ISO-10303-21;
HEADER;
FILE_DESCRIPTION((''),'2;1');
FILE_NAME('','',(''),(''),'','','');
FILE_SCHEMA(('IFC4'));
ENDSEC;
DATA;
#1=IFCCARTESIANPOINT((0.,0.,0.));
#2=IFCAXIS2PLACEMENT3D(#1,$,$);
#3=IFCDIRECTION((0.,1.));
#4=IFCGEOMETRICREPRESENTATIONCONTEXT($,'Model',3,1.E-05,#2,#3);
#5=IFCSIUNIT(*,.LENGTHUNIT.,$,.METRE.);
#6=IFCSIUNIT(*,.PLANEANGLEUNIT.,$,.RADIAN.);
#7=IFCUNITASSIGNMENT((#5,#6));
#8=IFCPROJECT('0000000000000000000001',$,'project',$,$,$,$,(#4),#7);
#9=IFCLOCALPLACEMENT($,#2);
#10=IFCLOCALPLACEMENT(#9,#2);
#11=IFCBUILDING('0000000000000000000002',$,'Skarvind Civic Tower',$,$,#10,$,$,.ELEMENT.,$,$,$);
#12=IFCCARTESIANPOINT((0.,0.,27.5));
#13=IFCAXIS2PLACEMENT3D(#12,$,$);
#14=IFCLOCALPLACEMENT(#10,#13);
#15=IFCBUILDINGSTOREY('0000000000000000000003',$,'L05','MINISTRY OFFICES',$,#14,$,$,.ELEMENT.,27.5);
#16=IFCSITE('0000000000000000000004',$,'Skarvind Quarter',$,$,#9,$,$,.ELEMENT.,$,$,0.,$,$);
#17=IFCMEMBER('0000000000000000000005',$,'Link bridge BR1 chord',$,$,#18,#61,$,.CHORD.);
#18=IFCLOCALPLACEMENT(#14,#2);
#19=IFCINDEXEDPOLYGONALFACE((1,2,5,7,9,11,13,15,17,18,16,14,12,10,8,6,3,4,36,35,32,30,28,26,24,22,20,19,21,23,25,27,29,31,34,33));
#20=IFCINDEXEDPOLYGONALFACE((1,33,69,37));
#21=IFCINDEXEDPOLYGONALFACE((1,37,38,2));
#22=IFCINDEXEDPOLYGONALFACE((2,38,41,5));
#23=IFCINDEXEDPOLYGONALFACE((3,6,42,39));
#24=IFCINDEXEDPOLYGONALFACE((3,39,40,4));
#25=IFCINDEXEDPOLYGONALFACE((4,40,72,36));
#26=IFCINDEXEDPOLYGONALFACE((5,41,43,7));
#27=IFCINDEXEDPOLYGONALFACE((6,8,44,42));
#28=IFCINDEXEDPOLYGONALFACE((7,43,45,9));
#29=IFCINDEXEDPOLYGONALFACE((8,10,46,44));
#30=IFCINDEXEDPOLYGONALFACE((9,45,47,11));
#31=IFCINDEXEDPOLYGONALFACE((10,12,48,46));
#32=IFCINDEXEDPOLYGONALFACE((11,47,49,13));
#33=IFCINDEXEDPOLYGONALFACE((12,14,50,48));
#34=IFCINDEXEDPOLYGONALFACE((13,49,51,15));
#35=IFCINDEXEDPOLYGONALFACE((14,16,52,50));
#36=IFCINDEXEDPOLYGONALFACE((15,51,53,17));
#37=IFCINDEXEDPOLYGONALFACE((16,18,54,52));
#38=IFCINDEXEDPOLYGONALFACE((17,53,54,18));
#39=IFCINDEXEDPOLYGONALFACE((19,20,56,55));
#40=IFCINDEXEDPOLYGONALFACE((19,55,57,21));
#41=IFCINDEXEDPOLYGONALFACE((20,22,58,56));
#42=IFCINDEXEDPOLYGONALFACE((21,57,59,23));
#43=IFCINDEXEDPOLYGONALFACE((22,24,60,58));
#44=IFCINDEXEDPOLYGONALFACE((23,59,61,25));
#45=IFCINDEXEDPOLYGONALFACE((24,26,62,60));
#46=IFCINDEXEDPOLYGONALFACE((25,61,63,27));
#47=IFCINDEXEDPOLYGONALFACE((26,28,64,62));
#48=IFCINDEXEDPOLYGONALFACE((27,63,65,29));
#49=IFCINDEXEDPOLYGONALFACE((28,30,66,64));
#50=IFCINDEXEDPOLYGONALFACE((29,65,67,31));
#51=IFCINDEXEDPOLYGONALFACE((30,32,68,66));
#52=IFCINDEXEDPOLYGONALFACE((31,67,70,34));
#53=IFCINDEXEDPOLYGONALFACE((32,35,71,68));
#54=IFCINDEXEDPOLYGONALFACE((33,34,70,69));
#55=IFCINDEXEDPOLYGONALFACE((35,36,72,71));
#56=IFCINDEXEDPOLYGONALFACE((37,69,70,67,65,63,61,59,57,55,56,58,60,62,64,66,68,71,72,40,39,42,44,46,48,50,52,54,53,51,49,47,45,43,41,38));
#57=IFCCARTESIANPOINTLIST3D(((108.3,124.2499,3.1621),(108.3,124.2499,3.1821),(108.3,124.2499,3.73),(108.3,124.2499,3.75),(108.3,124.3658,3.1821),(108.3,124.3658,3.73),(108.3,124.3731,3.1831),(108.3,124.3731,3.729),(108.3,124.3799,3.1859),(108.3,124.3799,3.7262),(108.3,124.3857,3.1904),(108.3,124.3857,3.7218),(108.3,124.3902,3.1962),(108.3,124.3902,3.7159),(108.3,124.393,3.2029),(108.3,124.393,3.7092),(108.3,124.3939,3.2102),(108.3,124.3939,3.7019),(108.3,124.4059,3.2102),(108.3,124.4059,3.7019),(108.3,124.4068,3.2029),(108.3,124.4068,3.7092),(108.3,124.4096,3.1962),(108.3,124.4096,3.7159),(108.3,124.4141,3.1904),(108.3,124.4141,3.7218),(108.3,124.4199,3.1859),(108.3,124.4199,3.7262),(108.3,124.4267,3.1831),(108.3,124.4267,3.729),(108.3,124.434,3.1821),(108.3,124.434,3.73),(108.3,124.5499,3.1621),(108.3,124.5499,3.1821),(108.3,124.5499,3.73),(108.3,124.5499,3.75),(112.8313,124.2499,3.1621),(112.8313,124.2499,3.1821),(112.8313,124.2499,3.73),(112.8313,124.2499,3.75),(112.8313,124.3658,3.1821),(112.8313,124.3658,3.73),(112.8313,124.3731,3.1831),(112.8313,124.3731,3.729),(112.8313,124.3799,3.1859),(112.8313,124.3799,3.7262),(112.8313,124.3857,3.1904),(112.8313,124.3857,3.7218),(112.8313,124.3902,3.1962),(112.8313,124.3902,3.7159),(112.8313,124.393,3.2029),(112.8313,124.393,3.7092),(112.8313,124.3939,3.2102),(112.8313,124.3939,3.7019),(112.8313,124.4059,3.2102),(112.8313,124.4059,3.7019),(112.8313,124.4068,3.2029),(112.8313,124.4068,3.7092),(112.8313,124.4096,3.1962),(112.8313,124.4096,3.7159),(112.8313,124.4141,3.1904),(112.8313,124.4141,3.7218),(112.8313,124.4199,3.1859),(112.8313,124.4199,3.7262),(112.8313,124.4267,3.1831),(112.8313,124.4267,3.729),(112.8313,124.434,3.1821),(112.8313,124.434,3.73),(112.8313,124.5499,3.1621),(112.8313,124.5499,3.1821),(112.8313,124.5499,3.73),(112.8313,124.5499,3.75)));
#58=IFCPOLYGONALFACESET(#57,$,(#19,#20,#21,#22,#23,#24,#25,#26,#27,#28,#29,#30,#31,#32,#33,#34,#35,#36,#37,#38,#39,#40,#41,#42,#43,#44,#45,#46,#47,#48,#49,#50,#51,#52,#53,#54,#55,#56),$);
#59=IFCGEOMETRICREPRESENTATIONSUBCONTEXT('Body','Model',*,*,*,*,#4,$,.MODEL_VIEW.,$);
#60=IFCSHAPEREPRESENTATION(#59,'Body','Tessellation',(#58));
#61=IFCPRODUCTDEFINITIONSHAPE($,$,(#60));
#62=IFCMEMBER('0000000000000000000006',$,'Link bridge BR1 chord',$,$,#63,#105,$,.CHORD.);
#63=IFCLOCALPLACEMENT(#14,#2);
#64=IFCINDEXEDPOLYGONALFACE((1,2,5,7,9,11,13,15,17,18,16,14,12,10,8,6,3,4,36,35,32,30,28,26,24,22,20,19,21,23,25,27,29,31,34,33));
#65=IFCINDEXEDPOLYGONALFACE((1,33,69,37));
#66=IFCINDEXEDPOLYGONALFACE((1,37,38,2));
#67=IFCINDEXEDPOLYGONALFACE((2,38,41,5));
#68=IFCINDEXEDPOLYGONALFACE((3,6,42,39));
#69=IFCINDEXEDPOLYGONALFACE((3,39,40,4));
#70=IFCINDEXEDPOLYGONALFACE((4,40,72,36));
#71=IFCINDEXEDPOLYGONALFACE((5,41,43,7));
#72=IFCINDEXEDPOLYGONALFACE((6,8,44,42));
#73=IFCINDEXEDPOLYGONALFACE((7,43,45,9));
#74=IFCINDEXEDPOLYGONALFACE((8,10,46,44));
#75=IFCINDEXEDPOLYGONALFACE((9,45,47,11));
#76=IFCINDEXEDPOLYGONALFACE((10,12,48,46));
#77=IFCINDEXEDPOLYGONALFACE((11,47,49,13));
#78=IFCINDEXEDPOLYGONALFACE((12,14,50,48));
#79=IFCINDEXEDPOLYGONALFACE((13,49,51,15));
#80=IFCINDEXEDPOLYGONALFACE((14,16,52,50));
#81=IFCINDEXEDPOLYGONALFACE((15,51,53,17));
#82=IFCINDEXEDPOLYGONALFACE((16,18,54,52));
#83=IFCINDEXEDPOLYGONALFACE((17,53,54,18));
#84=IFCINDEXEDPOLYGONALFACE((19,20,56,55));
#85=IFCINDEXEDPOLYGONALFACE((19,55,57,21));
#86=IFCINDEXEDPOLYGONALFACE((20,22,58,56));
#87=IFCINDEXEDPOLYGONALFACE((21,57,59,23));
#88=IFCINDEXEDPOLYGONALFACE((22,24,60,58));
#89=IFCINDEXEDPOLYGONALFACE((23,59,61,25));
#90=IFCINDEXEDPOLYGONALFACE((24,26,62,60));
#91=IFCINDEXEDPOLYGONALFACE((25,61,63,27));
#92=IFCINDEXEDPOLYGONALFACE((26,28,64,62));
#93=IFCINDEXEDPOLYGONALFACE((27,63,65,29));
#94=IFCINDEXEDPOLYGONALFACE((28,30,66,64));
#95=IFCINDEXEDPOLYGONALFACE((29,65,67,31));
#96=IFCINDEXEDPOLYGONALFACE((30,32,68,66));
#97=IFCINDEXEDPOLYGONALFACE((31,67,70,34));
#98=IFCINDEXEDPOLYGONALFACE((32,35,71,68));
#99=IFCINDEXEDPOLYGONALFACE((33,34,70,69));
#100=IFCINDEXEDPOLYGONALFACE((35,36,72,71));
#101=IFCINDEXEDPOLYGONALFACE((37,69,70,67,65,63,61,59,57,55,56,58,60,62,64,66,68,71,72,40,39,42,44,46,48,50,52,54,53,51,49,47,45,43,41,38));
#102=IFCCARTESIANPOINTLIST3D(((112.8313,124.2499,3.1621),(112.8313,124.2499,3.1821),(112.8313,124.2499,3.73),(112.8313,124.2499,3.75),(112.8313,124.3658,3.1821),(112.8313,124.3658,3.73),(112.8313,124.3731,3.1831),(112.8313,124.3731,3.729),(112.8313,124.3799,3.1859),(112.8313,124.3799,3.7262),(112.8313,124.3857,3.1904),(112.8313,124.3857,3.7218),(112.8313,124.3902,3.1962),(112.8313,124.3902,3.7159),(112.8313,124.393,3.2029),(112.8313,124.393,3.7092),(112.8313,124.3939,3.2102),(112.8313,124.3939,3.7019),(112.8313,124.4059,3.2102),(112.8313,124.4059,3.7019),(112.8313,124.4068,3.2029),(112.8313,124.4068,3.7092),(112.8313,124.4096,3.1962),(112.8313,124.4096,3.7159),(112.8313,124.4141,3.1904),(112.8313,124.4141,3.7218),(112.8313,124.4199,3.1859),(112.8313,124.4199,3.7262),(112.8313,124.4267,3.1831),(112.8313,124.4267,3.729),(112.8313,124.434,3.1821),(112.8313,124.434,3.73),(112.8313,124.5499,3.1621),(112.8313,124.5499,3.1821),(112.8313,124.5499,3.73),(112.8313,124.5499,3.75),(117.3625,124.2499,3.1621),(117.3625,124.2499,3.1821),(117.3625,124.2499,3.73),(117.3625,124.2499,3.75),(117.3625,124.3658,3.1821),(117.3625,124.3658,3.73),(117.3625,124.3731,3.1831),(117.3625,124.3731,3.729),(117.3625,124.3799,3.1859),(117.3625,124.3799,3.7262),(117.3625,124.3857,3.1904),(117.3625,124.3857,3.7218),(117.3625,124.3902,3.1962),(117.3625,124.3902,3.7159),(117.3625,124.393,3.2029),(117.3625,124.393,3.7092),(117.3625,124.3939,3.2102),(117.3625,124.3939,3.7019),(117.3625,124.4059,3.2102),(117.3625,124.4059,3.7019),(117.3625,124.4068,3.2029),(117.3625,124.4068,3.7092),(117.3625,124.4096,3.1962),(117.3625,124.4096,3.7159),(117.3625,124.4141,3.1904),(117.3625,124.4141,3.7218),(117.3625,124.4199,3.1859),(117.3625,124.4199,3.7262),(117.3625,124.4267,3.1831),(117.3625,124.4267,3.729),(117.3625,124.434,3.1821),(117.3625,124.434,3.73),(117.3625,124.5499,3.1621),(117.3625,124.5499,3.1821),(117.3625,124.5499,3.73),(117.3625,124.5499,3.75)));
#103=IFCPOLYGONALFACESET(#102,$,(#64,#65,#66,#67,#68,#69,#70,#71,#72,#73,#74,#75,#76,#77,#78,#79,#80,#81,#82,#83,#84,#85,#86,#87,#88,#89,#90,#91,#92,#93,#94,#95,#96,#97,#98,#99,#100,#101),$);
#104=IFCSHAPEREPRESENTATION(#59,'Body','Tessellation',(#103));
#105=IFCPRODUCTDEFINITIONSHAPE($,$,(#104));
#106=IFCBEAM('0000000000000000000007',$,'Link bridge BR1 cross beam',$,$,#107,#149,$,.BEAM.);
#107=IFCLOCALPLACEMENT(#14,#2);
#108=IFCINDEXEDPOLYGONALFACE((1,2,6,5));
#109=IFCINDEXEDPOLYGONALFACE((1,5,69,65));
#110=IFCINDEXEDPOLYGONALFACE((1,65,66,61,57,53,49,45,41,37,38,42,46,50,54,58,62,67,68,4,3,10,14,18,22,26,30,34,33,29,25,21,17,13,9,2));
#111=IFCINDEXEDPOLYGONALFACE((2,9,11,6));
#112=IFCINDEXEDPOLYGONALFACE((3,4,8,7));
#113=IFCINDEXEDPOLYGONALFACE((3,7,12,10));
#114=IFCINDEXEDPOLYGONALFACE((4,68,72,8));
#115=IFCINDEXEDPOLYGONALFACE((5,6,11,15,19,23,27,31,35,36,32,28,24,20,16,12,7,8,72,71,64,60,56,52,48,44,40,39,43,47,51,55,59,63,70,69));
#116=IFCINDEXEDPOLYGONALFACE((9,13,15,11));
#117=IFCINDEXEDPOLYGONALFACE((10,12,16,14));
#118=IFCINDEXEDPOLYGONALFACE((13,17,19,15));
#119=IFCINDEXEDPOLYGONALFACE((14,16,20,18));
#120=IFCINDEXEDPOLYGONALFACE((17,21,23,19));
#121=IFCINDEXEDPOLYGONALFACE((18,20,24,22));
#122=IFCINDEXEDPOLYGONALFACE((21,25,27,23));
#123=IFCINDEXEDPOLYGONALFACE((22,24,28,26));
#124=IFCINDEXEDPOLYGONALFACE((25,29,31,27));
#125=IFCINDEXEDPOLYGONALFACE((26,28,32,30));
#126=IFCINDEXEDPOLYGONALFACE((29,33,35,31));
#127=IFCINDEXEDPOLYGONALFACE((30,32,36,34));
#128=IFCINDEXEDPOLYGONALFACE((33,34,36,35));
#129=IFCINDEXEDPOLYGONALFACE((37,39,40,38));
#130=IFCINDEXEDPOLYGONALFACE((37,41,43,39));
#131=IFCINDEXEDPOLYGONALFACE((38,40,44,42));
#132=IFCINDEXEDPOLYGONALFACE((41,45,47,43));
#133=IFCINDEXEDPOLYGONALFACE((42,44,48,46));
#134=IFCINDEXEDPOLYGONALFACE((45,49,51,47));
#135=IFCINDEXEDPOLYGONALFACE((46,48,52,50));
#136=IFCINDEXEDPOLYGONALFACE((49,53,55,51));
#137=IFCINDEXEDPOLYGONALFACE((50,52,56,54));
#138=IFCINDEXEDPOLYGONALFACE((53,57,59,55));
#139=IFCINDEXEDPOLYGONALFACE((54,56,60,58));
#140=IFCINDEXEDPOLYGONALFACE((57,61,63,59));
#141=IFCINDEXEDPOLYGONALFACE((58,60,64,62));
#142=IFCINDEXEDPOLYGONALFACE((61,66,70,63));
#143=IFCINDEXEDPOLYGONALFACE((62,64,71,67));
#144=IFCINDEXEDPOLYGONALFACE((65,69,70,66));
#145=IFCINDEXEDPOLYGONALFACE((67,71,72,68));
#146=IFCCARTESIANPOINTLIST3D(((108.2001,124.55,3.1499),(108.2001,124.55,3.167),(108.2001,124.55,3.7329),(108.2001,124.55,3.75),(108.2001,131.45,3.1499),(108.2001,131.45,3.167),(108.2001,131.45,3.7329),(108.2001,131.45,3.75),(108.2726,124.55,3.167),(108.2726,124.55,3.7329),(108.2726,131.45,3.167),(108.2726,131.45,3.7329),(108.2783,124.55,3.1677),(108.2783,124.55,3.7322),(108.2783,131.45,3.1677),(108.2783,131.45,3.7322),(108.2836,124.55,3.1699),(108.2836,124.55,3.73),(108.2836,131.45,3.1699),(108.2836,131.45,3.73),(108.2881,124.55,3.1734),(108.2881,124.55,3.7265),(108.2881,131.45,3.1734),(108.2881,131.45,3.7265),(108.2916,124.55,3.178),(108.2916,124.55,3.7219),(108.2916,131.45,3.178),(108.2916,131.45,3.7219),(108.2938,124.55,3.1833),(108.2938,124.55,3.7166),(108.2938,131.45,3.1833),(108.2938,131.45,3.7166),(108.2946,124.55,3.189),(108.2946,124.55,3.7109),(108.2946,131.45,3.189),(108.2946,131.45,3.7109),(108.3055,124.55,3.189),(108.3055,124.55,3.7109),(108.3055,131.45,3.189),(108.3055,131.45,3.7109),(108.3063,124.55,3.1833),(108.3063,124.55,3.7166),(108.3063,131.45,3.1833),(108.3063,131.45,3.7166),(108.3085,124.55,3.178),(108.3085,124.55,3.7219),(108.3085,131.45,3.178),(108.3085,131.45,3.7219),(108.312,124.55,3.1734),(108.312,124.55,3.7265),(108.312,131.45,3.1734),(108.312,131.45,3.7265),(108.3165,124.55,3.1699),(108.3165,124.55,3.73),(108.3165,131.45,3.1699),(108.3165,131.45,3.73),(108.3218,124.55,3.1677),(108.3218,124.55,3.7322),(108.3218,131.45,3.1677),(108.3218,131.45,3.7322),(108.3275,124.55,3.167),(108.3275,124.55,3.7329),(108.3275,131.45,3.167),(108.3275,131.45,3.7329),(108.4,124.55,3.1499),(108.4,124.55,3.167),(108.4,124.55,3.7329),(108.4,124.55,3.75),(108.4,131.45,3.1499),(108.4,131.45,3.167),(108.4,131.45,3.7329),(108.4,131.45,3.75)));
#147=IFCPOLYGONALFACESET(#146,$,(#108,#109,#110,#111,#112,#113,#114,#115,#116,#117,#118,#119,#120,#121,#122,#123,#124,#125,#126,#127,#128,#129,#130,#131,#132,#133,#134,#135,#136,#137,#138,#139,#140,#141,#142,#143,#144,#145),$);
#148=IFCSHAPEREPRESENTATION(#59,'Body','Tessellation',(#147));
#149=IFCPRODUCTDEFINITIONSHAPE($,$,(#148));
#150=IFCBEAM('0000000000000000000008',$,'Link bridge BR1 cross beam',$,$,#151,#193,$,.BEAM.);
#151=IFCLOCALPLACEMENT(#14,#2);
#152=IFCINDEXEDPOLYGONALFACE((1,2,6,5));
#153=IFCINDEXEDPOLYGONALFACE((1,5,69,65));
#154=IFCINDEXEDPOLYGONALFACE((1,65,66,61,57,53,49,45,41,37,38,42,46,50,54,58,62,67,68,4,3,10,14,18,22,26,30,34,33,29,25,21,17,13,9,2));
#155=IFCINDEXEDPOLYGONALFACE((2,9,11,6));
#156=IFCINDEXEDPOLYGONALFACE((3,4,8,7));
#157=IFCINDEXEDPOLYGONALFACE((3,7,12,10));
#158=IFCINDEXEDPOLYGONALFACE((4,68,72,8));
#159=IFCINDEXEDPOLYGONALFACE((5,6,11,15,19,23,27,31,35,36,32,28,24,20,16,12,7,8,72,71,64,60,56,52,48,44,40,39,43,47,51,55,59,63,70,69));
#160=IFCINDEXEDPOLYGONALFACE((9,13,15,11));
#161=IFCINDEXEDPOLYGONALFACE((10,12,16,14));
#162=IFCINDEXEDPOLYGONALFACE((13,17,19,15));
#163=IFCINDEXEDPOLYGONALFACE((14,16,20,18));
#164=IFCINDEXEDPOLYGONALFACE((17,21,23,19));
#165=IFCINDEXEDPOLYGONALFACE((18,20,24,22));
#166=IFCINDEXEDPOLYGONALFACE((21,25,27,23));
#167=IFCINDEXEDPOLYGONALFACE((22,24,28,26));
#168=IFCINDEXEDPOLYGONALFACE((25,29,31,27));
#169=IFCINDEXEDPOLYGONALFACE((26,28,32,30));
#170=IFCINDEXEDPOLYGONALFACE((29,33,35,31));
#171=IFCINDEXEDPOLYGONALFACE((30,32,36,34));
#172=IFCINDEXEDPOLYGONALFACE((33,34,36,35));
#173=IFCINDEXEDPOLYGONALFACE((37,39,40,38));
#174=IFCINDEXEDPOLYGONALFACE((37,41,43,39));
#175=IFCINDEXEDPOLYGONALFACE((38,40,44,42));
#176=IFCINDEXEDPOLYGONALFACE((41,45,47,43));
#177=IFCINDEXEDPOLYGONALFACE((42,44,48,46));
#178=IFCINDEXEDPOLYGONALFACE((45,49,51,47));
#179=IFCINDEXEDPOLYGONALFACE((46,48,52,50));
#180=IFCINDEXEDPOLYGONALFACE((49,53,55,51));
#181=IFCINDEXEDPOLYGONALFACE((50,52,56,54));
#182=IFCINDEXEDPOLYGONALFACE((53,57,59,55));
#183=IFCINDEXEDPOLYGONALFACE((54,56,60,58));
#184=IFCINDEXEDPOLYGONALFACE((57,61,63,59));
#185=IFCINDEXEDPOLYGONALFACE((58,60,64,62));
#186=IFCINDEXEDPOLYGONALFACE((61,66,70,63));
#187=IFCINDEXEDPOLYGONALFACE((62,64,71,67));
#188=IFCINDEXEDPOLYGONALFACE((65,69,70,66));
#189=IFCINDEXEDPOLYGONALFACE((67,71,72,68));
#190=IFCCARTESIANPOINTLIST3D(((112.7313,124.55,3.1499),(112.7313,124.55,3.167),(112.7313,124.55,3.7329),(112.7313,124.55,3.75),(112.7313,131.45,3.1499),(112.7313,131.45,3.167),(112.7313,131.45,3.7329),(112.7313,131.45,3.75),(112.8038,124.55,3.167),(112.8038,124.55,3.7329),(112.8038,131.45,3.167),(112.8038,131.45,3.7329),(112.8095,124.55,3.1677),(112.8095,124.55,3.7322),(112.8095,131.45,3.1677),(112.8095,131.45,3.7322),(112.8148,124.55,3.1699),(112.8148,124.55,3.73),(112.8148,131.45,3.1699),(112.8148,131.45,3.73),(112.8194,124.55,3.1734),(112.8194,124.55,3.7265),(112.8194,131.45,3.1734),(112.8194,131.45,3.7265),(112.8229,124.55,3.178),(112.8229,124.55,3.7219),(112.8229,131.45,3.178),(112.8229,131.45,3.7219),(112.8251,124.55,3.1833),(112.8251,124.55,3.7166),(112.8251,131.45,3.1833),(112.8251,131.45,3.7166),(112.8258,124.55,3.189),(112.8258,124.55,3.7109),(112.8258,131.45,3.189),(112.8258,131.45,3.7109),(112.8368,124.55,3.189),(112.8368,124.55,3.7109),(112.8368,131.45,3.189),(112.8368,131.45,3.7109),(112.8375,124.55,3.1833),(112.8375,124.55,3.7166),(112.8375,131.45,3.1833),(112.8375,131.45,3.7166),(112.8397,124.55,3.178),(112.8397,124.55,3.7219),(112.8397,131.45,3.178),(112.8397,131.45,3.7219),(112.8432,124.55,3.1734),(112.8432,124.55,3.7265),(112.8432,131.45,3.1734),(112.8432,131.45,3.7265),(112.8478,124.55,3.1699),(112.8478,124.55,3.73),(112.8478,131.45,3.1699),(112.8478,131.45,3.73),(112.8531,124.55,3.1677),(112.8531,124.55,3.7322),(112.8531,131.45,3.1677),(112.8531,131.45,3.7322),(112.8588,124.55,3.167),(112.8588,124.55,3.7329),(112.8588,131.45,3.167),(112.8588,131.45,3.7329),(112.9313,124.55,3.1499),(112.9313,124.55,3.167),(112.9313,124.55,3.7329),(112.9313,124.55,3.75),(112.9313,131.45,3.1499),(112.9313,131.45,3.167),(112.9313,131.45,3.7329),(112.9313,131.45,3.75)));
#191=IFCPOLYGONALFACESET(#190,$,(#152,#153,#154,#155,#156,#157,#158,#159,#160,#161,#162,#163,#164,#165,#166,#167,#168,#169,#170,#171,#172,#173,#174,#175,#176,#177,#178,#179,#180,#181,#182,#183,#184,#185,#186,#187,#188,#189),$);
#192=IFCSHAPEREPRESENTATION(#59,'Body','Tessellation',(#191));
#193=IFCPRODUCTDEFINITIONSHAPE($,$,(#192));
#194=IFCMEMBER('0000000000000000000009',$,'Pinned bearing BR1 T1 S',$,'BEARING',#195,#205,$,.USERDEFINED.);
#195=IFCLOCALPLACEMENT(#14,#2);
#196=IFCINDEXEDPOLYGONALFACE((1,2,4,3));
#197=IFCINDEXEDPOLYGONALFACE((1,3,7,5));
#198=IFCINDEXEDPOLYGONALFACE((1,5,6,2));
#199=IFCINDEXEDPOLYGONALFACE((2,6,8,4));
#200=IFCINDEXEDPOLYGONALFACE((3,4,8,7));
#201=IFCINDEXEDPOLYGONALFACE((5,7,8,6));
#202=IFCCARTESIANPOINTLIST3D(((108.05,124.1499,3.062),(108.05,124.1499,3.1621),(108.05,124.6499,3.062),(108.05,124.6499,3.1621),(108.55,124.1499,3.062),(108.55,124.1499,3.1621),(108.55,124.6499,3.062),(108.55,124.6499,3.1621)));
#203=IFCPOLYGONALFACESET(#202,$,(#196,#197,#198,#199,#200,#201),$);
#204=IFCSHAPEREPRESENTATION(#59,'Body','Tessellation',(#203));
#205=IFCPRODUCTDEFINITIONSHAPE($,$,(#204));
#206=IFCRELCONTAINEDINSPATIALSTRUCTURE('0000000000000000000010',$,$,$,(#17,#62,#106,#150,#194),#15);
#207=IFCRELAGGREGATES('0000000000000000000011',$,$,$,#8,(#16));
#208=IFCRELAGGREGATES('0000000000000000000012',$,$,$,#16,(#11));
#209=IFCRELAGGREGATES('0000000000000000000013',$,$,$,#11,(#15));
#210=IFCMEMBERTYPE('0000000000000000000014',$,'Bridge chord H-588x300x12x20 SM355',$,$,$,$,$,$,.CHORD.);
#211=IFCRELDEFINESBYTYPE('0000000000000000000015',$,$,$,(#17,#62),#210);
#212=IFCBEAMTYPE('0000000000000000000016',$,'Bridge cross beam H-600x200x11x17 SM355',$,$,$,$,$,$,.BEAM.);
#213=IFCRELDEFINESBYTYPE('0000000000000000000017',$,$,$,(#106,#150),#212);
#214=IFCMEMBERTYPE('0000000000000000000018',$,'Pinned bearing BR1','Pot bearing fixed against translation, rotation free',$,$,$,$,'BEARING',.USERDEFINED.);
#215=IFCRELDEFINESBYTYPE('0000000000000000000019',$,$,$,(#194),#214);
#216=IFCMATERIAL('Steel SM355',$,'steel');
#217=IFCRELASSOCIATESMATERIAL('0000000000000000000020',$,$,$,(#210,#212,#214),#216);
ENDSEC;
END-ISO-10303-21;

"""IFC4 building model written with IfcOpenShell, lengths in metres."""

from ifc_helpers import new_model, si_unit, direction, frame, origin, origin_2d, place, context, subcontext, project, spatial, rectangle, i_section, extrude, material, material_profile, profile_set, type_object, element, save


model = new_model("IFC4")

# Units and contexts
model_context = context("Model", 3, precision=1e-05, world=origin(), true_north=direction((0.0, 1.0)))
body_context = subcontext(model_context, "Body", "Model", "MODEL_VIEW")
ifc_project = project(units=[si_unit("LENGTHUNIT", "METRE"), si_unit("PLANEANGLEUNIT", "RADIAN")], contexts=[model_context])

# Site, building, storey
site_placement = place(None, origin())
site = spatial("IfcSite", under=ifc_project, at=site_placement, Name="Skarvind Quarter", CompositionType="ELEMENT", RefElevation=0.0)
building_placement = place(site_placement, origin())
building = spatial("IfcBuilding", under=site, at=building_placement, Name="Skarvind Civic Tower", CompositionType="ELEMENT")
storey_placement = place(building_placement, frame((0.0, 0.0, 27.5)))
storey = spatial("IfcBuildingStorey", under=building, at=storey_placement, Name="L05", Description="MINISTRY OFFICES", CompositionType="ELEMENT", Elevation=27.5)

# Members
ifc_material_1 = material(Name="Steel SM355", Category="steel")
ifc_material_profile_1 = material_profile(ifc_material_1, i_section(OverallWidth=0.3, OverallDepth=0.5879, WebThickness=0.012, FlangeThickness=0.02, FilletRadius=0.0281, at=origin_2d()), Name="H-588x300x12x20")
ifc_profile_set_1 = profile_set([ifc_material_profile_1], Name="Steel SM355")
member_type_1 = type_object("IfcMemberType", Name="Bridge chord H-588x300x12x20 SM355", PredefinedType="CHORD", material=ifc_profile_set_1)
for number, where, z_axis, x_axis, name in (
    (1, (108.3, 124.3999, 3.4561), (1.0, 0.0, 0.0), (0.0, 1.0, 0.0), "Link bridge BR1 chord"),
    (2, (112.8313, 124.3999, 3.4561), (1.0, 0.0, 0.0), (0.0, 1.0, 0.0), "Link bridge BR1 chord"),
):
    element("IfcMember", number, at=place(storey_placement, frame(where, z_axis=z_axis, x_axis=x_axis)), inside=storey, type_object=member_type_1, Name=name, PredefinedType="CHORD", context=body_context, shape_type="SweptSolid", body=[
        extrude(i_section(OverallWidth=0.3, OverallDepth=0.5879, WebThickness=0.012, FlangeThickness=0.02, FilletRadius=0.0281, at=origin_2d()), origin(), (0.0, 0.0, 1.0), 4.5312),
    ])

# Beams
ifc_material_profile_2 = material_profile(ifc_material_1, i_section(OverallWidth=0.2, OverallDepth=0.6001, WebThickness=0.011, FlangeThickness=0.0171, FilletRadius=0.022, at=origin_2d()), Name="H-600x200x11x17")
ifc_profile_set_2 = profile_set([ifc_material_profile_2], Name="Steel SM355")
beam_type_1 = type_object("IfcBeamType", Name="Bridge cross beam H-600x200x11x17 SM355", PredefinedType="BEAM", material=ifc_profile_set_2)
for number, where, z_axis, x_axis, name in (
    (3, (108.3, 124.55, 3.45), (0.0, 1.0, 0.0), (-1.0, 0.0, 0.0), "Link bridge BR1 cross beam"),
    (4, (112.8313, 124.55, 3.45), (0.0, 1.0, 0.0), (-1.0, 0.0, 0.0), "Link bridge BR1 cross beam"),
):
    element("IfcBeam", number, at=place(storey_placement, frame(where, z_axis=z_axis, x_axis=x_axis)), inside=storey, type_object=beam_type_1, Name=name, PredefinedType="BEAM", context=body_context, shape_type="SweptSolid", body=[
        extrude(i_section(OverallWidth=0.2, OverallDepth=0.6001, WebThickness=0.011, FlangeThickness=0.0171, FilletRadius=0.022, at=origin_2d()), origin(), (0.0, 0.0, 1.0), 6.8999),
    ])

# Member
member_type_2 = type_object("IfcMemberType", Name="Pinned bearing BR1", Description="Pot bearing fixed against translation, rotation free", ElementType="BEARING", PredefinedType="USERDEFINED", material=ifc_material_1)
member_placement = place(storey_placement, frame((108.3, 124.3999, 3.062), z_axis=(0.0, 0.0, 1.0), x_axis=(1.0, 0.0, 0.0)))
element("IfcMember", 5, at=member_placement, inside=storey, type_object=member_type_2, Name="Pinned bearing BR1 T1 S", ObjectType="BEARING", PredefinedType="USERDEFINED", context=body_context, shape_type="SweptSolid", body=[
    extrude(rectangle(XDim=0.5, YDim=0.5, at=origin_2d()), origin(), (0.0, 0.0, 1.0), 0.1001),
])

save(model, "model.ifc")
